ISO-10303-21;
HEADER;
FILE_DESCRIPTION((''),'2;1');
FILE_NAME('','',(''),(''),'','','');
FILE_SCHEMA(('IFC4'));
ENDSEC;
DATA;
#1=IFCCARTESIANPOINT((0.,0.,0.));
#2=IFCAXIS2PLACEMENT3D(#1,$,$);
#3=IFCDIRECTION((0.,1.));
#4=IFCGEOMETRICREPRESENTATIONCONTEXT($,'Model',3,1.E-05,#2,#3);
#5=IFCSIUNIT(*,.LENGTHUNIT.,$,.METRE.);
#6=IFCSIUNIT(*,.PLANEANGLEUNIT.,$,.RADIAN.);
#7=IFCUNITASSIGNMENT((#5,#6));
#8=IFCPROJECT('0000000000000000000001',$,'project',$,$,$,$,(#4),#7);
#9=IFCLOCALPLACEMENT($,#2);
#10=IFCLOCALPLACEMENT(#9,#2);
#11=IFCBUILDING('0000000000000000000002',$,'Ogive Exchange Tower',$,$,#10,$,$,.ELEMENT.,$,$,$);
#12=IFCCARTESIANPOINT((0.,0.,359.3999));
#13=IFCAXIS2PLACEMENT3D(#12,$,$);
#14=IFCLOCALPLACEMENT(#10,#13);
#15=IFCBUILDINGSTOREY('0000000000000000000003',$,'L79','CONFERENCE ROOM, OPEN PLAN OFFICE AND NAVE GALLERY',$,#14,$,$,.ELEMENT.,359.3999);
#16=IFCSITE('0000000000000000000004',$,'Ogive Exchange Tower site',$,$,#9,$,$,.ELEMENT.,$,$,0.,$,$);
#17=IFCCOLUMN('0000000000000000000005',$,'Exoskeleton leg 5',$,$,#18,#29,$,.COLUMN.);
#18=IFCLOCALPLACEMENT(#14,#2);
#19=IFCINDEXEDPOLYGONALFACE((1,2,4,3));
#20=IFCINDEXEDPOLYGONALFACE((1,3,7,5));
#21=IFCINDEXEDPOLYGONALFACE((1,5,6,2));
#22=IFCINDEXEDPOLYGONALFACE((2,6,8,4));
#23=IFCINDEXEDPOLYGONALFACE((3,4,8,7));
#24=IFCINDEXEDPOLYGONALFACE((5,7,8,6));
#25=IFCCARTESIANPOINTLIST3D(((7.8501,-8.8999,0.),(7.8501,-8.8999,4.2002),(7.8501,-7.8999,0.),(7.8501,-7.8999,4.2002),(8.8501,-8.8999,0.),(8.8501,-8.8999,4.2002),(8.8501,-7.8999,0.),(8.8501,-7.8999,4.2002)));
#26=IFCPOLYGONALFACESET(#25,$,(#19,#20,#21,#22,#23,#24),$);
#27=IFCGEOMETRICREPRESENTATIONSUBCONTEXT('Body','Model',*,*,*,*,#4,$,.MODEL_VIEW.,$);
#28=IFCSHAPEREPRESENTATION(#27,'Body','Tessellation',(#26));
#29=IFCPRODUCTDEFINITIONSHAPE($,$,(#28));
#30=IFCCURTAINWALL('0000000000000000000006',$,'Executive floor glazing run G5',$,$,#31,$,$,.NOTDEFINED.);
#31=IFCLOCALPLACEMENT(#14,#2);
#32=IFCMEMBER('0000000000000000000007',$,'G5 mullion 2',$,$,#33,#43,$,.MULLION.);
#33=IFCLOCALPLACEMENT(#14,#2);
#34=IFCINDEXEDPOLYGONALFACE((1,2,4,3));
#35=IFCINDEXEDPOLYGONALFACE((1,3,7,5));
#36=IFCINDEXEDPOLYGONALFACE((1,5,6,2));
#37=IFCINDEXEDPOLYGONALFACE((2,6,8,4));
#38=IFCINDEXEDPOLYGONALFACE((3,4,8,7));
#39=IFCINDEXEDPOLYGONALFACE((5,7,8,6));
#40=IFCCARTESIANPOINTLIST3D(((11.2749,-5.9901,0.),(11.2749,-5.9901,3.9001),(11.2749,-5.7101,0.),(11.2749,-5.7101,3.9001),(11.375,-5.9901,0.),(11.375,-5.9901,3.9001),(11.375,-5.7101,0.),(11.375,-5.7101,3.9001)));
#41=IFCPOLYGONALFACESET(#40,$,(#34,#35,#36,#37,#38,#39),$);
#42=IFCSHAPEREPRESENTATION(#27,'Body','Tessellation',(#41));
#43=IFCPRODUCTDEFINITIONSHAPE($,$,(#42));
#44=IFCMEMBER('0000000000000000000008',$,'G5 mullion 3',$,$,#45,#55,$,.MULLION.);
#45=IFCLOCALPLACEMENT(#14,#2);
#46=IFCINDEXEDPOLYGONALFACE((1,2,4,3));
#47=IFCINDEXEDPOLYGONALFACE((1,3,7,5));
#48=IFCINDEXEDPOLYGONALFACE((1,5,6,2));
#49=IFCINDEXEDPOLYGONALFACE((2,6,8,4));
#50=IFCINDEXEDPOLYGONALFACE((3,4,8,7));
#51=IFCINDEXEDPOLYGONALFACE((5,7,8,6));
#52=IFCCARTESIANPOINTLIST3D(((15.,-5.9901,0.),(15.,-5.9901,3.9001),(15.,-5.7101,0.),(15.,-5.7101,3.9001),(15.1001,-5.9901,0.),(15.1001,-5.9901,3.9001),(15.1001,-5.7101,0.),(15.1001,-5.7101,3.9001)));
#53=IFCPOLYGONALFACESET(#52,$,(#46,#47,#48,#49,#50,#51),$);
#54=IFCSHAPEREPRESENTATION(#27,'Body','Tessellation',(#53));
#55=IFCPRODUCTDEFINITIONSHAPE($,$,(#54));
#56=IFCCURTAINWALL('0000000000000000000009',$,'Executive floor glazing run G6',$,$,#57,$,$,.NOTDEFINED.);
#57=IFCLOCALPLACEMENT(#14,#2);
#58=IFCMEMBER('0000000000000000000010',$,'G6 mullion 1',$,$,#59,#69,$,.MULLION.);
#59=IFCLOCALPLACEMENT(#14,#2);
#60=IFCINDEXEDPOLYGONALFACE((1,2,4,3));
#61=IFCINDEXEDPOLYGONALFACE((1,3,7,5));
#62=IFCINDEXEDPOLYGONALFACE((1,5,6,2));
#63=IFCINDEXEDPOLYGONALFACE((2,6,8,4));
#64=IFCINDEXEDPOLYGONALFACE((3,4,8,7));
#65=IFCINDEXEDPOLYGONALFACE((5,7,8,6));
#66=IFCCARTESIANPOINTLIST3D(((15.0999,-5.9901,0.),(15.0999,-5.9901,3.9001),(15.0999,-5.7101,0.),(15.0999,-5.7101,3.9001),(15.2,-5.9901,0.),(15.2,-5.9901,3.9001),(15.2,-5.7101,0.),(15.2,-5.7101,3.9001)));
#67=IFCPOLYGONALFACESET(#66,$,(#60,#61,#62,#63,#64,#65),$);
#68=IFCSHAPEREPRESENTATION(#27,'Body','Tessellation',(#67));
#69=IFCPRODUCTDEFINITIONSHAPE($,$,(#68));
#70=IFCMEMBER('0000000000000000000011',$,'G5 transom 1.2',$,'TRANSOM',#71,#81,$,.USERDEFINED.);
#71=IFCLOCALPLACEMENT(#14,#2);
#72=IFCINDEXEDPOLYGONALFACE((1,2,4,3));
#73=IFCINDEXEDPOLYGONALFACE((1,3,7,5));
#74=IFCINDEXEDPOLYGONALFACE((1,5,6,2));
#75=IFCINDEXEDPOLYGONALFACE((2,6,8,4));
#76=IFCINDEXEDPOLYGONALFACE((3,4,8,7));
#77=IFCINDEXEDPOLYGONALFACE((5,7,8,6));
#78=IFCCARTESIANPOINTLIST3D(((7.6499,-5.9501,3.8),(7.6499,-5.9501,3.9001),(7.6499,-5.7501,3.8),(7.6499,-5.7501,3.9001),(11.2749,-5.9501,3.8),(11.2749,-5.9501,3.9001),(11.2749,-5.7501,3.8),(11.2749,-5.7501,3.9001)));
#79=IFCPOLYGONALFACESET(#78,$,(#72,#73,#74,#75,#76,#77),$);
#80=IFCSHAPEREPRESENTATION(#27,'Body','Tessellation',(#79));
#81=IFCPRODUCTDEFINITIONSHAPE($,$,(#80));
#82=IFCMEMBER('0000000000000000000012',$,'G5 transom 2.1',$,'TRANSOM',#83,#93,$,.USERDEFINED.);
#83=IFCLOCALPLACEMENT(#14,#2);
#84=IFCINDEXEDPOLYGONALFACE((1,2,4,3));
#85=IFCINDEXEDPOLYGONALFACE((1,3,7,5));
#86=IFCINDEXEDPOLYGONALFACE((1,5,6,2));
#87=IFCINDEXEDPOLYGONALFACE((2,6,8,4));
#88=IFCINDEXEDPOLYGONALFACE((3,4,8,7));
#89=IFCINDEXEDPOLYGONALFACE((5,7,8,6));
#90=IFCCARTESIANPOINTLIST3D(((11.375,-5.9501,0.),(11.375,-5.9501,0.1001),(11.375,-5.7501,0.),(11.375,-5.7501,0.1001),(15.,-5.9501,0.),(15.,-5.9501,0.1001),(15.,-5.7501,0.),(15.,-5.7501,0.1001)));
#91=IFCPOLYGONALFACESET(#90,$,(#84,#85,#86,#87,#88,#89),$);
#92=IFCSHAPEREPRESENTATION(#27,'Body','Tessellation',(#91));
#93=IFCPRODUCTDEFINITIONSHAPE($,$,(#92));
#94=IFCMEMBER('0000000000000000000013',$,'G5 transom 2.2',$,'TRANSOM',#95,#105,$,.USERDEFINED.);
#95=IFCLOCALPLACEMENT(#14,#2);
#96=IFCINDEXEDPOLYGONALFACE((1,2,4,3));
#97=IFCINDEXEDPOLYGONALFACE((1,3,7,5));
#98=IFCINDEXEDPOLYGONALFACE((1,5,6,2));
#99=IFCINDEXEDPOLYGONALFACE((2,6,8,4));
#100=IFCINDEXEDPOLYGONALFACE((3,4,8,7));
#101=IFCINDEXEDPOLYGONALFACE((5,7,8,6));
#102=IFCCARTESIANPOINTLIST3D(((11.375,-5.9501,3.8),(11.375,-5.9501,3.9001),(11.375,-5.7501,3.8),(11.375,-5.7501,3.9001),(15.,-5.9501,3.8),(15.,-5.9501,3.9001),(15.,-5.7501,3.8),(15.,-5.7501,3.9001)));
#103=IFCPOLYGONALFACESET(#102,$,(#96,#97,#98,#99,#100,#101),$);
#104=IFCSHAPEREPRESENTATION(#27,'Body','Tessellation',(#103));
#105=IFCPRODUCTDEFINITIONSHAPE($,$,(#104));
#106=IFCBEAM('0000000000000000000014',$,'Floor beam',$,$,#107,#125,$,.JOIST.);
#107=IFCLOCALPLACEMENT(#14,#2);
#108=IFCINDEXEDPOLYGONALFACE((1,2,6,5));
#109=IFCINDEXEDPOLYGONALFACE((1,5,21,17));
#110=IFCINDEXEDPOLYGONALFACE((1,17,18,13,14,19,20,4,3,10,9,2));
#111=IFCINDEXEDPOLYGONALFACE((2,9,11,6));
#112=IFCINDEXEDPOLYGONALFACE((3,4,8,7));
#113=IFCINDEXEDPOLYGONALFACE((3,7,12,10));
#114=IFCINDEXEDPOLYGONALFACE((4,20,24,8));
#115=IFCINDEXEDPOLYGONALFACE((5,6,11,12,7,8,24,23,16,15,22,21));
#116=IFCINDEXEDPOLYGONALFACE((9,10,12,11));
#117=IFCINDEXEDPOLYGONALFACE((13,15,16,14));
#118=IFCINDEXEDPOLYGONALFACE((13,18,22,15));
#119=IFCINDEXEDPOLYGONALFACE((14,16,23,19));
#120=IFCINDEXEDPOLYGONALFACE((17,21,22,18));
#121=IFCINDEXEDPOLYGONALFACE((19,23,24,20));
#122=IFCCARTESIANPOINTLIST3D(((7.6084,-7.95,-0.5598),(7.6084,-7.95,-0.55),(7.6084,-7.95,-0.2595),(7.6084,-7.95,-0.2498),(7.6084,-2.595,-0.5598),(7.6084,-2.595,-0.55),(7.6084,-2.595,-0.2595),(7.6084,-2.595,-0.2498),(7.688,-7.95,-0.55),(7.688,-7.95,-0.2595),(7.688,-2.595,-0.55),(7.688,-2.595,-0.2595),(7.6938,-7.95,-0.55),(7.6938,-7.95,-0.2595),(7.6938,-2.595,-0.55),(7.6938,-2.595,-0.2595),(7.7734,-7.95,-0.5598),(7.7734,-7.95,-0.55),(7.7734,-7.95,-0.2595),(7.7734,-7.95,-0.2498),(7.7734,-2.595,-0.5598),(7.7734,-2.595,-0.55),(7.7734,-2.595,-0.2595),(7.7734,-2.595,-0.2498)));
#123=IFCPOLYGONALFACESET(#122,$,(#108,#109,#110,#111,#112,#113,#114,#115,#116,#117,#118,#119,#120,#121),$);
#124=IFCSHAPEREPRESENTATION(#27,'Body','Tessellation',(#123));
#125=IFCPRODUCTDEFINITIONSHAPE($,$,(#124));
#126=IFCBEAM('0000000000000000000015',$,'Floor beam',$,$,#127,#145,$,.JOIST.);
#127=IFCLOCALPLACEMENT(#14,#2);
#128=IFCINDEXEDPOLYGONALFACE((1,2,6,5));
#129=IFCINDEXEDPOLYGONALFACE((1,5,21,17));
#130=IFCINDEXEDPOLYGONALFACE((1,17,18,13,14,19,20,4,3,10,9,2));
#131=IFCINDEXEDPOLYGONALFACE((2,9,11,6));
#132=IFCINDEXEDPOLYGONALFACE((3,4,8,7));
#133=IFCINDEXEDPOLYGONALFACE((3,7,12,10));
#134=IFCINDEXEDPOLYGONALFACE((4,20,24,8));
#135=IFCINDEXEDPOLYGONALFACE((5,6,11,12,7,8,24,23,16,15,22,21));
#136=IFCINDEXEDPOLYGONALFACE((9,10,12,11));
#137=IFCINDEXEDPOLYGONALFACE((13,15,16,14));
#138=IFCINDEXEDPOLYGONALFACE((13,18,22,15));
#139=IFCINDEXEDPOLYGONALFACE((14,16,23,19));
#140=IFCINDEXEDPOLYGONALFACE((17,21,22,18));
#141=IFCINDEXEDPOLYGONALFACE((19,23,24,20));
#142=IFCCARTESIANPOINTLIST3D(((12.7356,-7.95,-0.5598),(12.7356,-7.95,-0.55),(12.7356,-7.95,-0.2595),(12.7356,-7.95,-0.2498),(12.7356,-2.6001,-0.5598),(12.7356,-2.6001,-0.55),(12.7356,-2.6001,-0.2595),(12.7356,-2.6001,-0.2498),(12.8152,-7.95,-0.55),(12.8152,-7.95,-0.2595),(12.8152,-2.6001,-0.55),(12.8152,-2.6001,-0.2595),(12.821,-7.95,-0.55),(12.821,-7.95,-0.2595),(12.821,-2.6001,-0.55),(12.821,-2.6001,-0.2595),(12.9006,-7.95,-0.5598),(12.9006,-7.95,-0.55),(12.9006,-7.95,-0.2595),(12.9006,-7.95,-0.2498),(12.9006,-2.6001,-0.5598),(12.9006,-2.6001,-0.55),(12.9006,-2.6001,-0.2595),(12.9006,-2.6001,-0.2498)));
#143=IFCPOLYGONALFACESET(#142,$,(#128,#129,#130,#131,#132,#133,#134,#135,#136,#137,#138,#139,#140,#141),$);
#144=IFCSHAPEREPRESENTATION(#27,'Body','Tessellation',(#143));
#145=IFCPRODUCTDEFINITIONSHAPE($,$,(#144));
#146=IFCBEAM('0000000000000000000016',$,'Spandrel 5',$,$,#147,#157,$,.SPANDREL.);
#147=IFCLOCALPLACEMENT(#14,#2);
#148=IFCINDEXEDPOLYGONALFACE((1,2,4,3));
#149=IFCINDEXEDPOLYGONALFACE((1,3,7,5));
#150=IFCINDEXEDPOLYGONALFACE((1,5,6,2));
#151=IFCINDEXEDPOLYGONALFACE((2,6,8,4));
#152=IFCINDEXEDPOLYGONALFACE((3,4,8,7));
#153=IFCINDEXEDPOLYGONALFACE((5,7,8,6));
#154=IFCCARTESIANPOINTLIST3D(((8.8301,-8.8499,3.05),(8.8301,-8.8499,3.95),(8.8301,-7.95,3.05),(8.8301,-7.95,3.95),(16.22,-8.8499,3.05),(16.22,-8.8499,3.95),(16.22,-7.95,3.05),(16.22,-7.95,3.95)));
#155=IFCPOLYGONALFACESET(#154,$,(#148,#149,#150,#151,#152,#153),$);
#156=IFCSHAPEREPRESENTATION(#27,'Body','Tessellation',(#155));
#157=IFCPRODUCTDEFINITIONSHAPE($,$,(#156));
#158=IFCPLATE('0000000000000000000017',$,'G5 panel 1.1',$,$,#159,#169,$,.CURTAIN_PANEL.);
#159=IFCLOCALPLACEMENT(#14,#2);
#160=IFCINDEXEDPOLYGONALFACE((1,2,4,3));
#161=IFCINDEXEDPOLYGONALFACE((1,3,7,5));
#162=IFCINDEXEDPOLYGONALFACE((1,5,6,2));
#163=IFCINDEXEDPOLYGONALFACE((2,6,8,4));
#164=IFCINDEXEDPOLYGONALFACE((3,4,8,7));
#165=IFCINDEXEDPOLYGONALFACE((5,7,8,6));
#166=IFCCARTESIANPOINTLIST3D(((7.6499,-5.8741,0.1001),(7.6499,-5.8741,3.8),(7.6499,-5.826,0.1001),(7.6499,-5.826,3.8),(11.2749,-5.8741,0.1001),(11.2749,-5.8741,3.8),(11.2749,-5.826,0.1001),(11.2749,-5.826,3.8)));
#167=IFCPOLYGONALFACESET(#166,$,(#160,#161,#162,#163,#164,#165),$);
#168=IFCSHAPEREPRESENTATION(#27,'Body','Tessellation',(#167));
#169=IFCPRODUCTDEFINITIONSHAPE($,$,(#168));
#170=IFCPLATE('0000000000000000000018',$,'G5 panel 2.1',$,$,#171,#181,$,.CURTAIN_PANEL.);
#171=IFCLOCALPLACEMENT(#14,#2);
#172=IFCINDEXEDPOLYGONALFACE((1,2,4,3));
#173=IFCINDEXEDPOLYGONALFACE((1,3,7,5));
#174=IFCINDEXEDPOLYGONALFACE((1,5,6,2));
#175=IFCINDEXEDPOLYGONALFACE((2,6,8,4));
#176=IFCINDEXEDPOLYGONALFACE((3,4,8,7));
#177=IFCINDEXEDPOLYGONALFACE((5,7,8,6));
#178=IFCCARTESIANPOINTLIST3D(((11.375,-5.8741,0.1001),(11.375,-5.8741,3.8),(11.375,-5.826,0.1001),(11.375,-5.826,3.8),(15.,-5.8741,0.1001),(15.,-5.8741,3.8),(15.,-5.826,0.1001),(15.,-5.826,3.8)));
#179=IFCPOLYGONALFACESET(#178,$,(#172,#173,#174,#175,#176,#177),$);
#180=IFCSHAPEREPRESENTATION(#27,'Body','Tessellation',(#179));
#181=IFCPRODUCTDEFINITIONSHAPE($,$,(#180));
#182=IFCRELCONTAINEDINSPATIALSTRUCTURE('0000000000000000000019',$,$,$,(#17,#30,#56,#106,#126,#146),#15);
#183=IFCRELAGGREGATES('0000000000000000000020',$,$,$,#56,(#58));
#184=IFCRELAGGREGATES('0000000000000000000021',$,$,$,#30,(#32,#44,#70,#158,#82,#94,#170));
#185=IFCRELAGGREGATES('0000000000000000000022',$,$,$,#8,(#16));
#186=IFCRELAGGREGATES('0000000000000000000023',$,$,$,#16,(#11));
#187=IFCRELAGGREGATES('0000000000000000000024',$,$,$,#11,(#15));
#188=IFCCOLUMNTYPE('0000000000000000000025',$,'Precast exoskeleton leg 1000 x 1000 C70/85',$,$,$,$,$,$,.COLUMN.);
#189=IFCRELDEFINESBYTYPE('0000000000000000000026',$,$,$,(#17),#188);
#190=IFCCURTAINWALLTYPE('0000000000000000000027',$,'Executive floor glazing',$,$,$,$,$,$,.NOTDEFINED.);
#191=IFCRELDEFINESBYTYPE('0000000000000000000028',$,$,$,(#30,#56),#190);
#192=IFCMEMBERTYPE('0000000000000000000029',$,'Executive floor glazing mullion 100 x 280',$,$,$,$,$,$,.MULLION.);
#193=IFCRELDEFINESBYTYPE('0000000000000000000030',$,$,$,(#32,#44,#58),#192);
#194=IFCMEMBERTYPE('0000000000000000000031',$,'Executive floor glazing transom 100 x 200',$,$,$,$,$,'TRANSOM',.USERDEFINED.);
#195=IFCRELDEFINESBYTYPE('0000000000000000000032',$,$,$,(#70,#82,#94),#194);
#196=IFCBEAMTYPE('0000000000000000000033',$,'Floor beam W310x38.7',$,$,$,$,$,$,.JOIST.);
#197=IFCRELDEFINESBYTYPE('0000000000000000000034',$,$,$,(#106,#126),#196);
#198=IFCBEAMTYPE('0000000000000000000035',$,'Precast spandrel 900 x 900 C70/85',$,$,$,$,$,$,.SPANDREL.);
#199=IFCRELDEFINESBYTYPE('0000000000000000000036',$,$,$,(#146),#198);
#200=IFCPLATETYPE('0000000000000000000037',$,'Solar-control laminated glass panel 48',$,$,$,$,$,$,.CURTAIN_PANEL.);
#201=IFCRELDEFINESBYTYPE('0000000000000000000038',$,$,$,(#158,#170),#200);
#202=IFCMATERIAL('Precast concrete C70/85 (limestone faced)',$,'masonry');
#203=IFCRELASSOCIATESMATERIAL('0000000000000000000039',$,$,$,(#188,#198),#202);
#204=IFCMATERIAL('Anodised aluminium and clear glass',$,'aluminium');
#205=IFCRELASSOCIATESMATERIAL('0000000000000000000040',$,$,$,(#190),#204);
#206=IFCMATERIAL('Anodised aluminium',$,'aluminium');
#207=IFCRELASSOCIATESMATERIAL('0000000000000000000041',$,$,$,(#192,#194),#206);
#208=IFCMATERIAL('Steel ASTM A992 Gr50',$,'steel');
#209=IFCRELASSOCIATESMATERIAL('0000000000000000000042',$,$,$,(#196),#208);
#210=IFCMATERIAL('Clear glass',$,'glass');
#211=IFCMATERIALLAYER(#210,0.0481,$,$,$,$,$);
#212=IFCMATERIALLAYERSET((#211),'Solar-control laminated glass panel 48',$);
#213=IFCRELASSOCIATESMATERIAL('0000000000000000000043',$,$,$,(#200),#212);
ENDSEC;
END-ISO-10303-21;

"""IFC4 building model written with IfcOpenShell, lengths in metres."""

from ifc_helpers import new_model, si_unit, direction, frame, origin, origin_2d, place, context, subcontext, project, spatial, rectangle, i_section, extrude, material, layer, layer_set, material_profile, profile_set, type_object, element, aggregate, save


model = new_model("IFC4")

# Units and contexts
model_context = context("Model", 3, precision=1e-05, world=origin(), true_north=direction((0.0, 1.0)))
body_context = subcontext(model_context, "Body", "Model", "MODEL_VIEW")
ifc_project = project(units=[si_unit("LENGTHUNIT", "METRE"), si_unit("PLANEANGLEUNIT", "RADIAN")], contexts=[model_context])

# Site, building, storey
site_placement = place(None, origin())
site = spatial("IfcSite", under=ifc_project, at=site_placement, Name="Ogive Exchange Tower site", CompositionType="ELEMENT", RefElevation=0.0)
building_placement = place(site_placement, origin())
building = spatial("IfcBuilding", under=site, at=building_placement, Name="Ogive Exchange Tower", CompositionType="ELEMENT")
storey_placement = place(building_placement, frame((0.0, 0.0, 359.3999)))
storey = spatial("IfcBuildingStorey", under=building, at=storey_placement, Name="L79", Description="CONFERENCE ROOM, OPEN PLAN OFFICE AND NAVE GALLERY", CompositionType="ELEMENT", Elevation=359.3999)

# Column
ifc_material_1 = material(Name="Precast concrete C70/85 (limestone faced)", Category="masonry")
ifc_material_profile_1 = material_profile(ifc_material_1, rectangle(XDim=1.0, YDim=1.0, at=origin_2d()), Name="1000 x 1000")
ifc_profile_set_1 = profile_set([ifc_material_profile_1], Name="Precast concrete C70/85 (limestone faced)")
column_type = type_object("IfcColumnType", Name="Precast exoskeleton leg 1000 x 1000 C70/85", PredefinedType="COLUMN", material=ifc_profile_set_1)
column_placement = place(storey_placement, frame((8.3501, -8.3999, 0.0), z_axis=(0.0, 0.0, 1.0), x_axis=(1.0, 0.0, 0.0)))
element("IfcColumn", 1, at=column_placement, inside=storey, type_object=column_type, Name="Exoskeleton leg 5", PredefinedType="COLUMN", context=body_context, shape_type="SweptSolid", body=[
    extrude(rectangle(XDim=1.0, YDim=1.0, at=origin_2d()), origin(), (0.0, 0.0, 1.0), 4.2002),
])

# Curtain wall, members
ifc_material_2 = material(Name="Anodised aluminium and clear glass", Category="aluminium")
curtain_wall_type = type_object("IfcCurtainWallType", Name="Executive floor glazing", PredefinedType="NOTDEFINED", material=ifc_material_2)
curtain_wall_1_placement = place(storey_placement, origin())
curtain_wall_1 = element("IfcCurtainWall", 2, at=curtain_wall_1_placement, inside=storey, type_object=curtain_wall_type, Name="Executive floor glazing run G5", PredefinedType="NOTDEFINED")
ifc_material_3 = material(Name="Anodised aluminium", Category="aluminium")
ifc_material_profile_2 = material_profile(ifc_material_3, rectangle(XDim=0.28, YDim=0.1001, at=origin_2d()), Name="AL 100x280")
ifc_profile_set_2 = profile_set([ifc_material_profile_2], Name="Anodised aluminium")
member_type_1 = type_object("IfcMemberType", Name="Executive floor glazing mullion 100 x 280", PredefinedType="MULLION", material=ifc_profile_set_2)
member_1_placement = place(storey_placement, frame((11.325, -5.8501, 0.0), z_axis=(0.0, 0.0, 1.0), x_axis=(0.0, 1.0, 0.0)))
member_1 = element("IfcMember", 3, at=member_1_placement, type_object=member_type_1, Name="G5 mullion 2", PredefinedType="MULLION", context=body_context, shape_type="SweptSolid", body=[
    extrude(rectangle(XDim=0.28, YDim=0.1001, at=origin_2d()), origin(), (0.0, 0.0, 1.0), 3.9001),
])
member_2_placement = place(storey_placement, frame((15.05, -5.8501, 0.0), z_axis=(0.0, 0.0, 1.0), x_axis=(0.0, 1.0, 0.0)))
member_2 = element("IfcMember", 4, at=member_2_placement, type_object=member_type_1, Name="G5 mullion 3", PredefinedType="MULLION", context=body_context, shape_type="SweptSolid", body=[
    extrude(rectangle(XDim=0.28, YDim=0.1001, at=origin_2d()), origin(), (0.0, 0.0, 1.0), 3.9001),
])

# Curtain wall, member
curtain_wall_2_placement = place(storey_placement, origin())
curtain_wall_2 = element("IfcCurtainWall", 5, at=curtain_wall_2_placement, inside=storey, type_object=curtain_wall_type, Name="Executive floor glazing run G6", PredefinedType="NOTDEFINED")
member_3_placement = place(storey_placement, frame((15.1499, -5.8501, 0.0), z_axis=(0.0, 0.0, 1.0), x_axis=(0.0, 1.0, 0.0)))
member_3 = element("IfcMember", 6, at=member_3_placement, type_object=member_type_1, Name="G6 mullion 1", PredefinedType="MULLION", context=body_context, shape_type="SweptSolid", body=[
    extrude(rectangle(XDim=0.28, YDim=0.1001, at=origin_2d()), origin(), (0.0, 0.0, 1.0), 3.9001),
])
aggregate(curtain_wall_2, [member_3])

# Members
ifc_material_profile_3 = material_profile(ifc_material_3, rectangle(XDim=0.2, YDim=0.1001, at=origin_2d()), Name="AL 100x200")
ifc_profile_set_3 = profile_set([ifc_material_profile_3], Name="Anodised aluminium")
member_type_2 = type_object("IfcMemberType", Name="Executive floor glazing transom 100 x 200", ElementType="TRANSOM", PredefinedType="USERDEFINED", material=ifc_profile_set_3)
member_4_placement = place(storey_placement, frame((7.6499, -5.8501, 3.8501), z_axis=(1.0, 0.0, 0.0), x_axis=(0.0, 1.0, 0.0)))
member_4 = element("IfcMember", 7, at=member_4_placement, type_object=member_type_2, Name="G5 transom 1.2", ObjectType="TRANSOM", PredefinedType="USERDEFINED", context=body_context, shape_type="SweptSolid", body=[
    extrude(rectangle(XDim=0.2, YDim=0.1001, at=origin_2d()), origin(), (0.0, 0.0, 1.0), 3.625),
])
member_5_placement = place(storey_placement, frame((11.375, -5.8501, 0.05), z_axis=(1.0, 0.0, 0.0), x_axis=(0.0, 1.0, 0.0)))
member_5 = element("IfcMember", 8, at=member_5_placement, type_object=member_type_2, Name="G5 transom 2.1", ObjectType="TRANSOM", PredefinedType="USERDEFINED", context=body_context, shape_type="SweptSolid", body=[
    extrude(rectangle(XDim=0.2, YDim=0.1001, at=origin_2d()), origin(), (0.0, 0.0, 1.0), 3.625),
])
member_6_placement = place(storey_placement, frame((11.375, -5.8501, 3.8501), z_axis=(1.0, 0.0, 0.0), x_axis=(0.0, 1.0, 0.0)))
member_6 = element("IfcMember", 9, at=member_6_placement, type_object=member_type_2, Name="G5 transom 2.2", ObjectType="TRANSOM", PredefinedType="USERDEFINED", context=body_context, shape_type="SweptSolid", body=[
    extrude(rectangle(XDim=0.2, YDim=0.1001, at=origin_2d()), origin(), (0.0, 0.0, 1.0), 3.625),
])

# Beams
ifc_material_4 = material(Name="Steel ASTM A992 Gr50", Category="steel")
ifc_material_profile_4 = material_profile(ifc_material_4, i_section(OverallWidth=0.165, OverallDepth=0.3101, WebThickness=0.0059, FlangeThickness=0.0098, at=origin_2d()), Name="W310x38.7")
ifc_profile_set_4 = profile_set([ifc_material_profile_4], Name="Steel ASTM A992 Gr50")
beam_type_1 = type_object("IfcBeamType", Name="Floor beam W310x38.7", PredefinedType="JOIST", material=ifc_profile_set_4)
beam_1_placement = place(storey_placement, frame((7.6909, -7.95, -0.4048), z_axis=(0.0, 1.0, 0.0), x_axis=(-1.0, 0.0, 0.0)))
element("IfcBeam", 10, at=beam_1_placement, inside=storey, type_object=beam_type_1, Name="Floor beam", PredefinedType="JOIST", context=body_context, shape_type="SweptSolid", body=[
    extrude(i_section(OverallWidth=0.165, OverallDepth=0.3101, WebThickness=0.0059, FlangeThickness=0.0098, at=origin_2d()), origin(), (0.0, 0.0, 1.0), 5.355),
])
beam_2_placement = place(storey_placement, frame((12.8181, -7.95, -0.4048), z_axis=(0.0, 1.0, 0.0), x_axis=(-1.0, 0.0, 0.0)))
element("IfcBeam", 11, at=beam_2_placement, inside=storey, type_object=beam_type_1, Name="Floor beam", PredefinedType="JOIST", context=body_context, shape_type="SweptSolid", body=[
    extrude(i_section(OverallWidth=0.165, OverallDepth=0.3101, WebThickness=0.0059, FlangeThickness=0.0098, at=origin_2d()), origin(), (0.0, 0.0, 1.0), 5.3499),
])
ifc_material_profile_5 = material_profile(ifc_material_1, rectangle(XDim=0.8999, YDim=0.8999, at=origin_2d()), Name="900 x 900")
ifc_profile_set_5 = profile_set([ifc_material_profile_5], Name="Precast concrete C70/85 (limestone faced)")
beam_type_2 = type_object("IfcBeamType", Name="Precast spandrel 900 x 900 C70/85", PredefinedType="SPANDREL", material=ifc_profile_set_5)
beam_3_placement = place(storey_placement, frame((8.8301, -8.3999, 3.5), z_axis=(1.0, 0.0, 0.0), x_axis=(0.0, 1.0, 0.0)))
element("IfcBeam", 12, at=beam_3_placement, inside=storey, type_object=beam_type_2, Name="Spandrel 5", PredefinedType="SPANDREL", context=body_context, shape_type="SweptSolid", body=[
    extrude(rectangle(XDim=0.8999, YDim=0.8999, at=origin_2d()), origin(), (0.0, 0.0, 1.0), 7.3899),
])

# Plates
ifc_material_5 = material(Name="Clear glass", Category="glass")
ifc_layer_1 = layer(ifc_material_5, 0.0481)
ifc_layer_set_1 = layer_set([ifc_layer_1], Name="Solar-control laminated glass panel 48")
plate_type = type_object("IfcPlateType", Name="Solar-control laminated glass panel 48", PredefinedType="CURTAIN_PANEL", material=ifc_layer_set_1)
plate_1_placement = place(storey_placement, frame((9.4624, -5.8501, 0.1001), z_axis=(0.0, 0.0, 1.0), x_axis=(1.0, 0.0, 0.0)))
plate_1 = element("IfcPlate", 13, at=plate_1_placement, type_object=plate_type, Name="G5 panel 1.1", PredefinedType="CURTAIN_PANEL", context=body_context, shape_type="SweptSolid", body=[
    extrude(rectangle(XDim=3.625, YDim=0.0481, at=origin_2d()), origin(), (0.0, 0.0, 1.0), 3.7),
])
plate_2_placement = place(storey_placement, frame((13.1875, -5.8501, 0.1001), z_axis=(0.0, 0.0, 1.0), x_axis=(1.0, 0.0, 0.0)))
plate_2 = element("IfcPlate", 14, at=plate_2_placement, type_object=plate_type, Name="G5 panel 2.1", PredefinedType="CURTAIN_PANEL", context=body_context, shape_type="SweptSolid", body=[
    extrude(rectangle(XDim=3.625, YDim=0.0481, at=origin_2d()), origin(), (0.0, 0.0, 1.0), 3.7),
])
aggregate(curtain_wall_1, [member_1, member_2, member_4, plate_1, member_5, member_6, plate_2])

save(model, "model.ifc")
